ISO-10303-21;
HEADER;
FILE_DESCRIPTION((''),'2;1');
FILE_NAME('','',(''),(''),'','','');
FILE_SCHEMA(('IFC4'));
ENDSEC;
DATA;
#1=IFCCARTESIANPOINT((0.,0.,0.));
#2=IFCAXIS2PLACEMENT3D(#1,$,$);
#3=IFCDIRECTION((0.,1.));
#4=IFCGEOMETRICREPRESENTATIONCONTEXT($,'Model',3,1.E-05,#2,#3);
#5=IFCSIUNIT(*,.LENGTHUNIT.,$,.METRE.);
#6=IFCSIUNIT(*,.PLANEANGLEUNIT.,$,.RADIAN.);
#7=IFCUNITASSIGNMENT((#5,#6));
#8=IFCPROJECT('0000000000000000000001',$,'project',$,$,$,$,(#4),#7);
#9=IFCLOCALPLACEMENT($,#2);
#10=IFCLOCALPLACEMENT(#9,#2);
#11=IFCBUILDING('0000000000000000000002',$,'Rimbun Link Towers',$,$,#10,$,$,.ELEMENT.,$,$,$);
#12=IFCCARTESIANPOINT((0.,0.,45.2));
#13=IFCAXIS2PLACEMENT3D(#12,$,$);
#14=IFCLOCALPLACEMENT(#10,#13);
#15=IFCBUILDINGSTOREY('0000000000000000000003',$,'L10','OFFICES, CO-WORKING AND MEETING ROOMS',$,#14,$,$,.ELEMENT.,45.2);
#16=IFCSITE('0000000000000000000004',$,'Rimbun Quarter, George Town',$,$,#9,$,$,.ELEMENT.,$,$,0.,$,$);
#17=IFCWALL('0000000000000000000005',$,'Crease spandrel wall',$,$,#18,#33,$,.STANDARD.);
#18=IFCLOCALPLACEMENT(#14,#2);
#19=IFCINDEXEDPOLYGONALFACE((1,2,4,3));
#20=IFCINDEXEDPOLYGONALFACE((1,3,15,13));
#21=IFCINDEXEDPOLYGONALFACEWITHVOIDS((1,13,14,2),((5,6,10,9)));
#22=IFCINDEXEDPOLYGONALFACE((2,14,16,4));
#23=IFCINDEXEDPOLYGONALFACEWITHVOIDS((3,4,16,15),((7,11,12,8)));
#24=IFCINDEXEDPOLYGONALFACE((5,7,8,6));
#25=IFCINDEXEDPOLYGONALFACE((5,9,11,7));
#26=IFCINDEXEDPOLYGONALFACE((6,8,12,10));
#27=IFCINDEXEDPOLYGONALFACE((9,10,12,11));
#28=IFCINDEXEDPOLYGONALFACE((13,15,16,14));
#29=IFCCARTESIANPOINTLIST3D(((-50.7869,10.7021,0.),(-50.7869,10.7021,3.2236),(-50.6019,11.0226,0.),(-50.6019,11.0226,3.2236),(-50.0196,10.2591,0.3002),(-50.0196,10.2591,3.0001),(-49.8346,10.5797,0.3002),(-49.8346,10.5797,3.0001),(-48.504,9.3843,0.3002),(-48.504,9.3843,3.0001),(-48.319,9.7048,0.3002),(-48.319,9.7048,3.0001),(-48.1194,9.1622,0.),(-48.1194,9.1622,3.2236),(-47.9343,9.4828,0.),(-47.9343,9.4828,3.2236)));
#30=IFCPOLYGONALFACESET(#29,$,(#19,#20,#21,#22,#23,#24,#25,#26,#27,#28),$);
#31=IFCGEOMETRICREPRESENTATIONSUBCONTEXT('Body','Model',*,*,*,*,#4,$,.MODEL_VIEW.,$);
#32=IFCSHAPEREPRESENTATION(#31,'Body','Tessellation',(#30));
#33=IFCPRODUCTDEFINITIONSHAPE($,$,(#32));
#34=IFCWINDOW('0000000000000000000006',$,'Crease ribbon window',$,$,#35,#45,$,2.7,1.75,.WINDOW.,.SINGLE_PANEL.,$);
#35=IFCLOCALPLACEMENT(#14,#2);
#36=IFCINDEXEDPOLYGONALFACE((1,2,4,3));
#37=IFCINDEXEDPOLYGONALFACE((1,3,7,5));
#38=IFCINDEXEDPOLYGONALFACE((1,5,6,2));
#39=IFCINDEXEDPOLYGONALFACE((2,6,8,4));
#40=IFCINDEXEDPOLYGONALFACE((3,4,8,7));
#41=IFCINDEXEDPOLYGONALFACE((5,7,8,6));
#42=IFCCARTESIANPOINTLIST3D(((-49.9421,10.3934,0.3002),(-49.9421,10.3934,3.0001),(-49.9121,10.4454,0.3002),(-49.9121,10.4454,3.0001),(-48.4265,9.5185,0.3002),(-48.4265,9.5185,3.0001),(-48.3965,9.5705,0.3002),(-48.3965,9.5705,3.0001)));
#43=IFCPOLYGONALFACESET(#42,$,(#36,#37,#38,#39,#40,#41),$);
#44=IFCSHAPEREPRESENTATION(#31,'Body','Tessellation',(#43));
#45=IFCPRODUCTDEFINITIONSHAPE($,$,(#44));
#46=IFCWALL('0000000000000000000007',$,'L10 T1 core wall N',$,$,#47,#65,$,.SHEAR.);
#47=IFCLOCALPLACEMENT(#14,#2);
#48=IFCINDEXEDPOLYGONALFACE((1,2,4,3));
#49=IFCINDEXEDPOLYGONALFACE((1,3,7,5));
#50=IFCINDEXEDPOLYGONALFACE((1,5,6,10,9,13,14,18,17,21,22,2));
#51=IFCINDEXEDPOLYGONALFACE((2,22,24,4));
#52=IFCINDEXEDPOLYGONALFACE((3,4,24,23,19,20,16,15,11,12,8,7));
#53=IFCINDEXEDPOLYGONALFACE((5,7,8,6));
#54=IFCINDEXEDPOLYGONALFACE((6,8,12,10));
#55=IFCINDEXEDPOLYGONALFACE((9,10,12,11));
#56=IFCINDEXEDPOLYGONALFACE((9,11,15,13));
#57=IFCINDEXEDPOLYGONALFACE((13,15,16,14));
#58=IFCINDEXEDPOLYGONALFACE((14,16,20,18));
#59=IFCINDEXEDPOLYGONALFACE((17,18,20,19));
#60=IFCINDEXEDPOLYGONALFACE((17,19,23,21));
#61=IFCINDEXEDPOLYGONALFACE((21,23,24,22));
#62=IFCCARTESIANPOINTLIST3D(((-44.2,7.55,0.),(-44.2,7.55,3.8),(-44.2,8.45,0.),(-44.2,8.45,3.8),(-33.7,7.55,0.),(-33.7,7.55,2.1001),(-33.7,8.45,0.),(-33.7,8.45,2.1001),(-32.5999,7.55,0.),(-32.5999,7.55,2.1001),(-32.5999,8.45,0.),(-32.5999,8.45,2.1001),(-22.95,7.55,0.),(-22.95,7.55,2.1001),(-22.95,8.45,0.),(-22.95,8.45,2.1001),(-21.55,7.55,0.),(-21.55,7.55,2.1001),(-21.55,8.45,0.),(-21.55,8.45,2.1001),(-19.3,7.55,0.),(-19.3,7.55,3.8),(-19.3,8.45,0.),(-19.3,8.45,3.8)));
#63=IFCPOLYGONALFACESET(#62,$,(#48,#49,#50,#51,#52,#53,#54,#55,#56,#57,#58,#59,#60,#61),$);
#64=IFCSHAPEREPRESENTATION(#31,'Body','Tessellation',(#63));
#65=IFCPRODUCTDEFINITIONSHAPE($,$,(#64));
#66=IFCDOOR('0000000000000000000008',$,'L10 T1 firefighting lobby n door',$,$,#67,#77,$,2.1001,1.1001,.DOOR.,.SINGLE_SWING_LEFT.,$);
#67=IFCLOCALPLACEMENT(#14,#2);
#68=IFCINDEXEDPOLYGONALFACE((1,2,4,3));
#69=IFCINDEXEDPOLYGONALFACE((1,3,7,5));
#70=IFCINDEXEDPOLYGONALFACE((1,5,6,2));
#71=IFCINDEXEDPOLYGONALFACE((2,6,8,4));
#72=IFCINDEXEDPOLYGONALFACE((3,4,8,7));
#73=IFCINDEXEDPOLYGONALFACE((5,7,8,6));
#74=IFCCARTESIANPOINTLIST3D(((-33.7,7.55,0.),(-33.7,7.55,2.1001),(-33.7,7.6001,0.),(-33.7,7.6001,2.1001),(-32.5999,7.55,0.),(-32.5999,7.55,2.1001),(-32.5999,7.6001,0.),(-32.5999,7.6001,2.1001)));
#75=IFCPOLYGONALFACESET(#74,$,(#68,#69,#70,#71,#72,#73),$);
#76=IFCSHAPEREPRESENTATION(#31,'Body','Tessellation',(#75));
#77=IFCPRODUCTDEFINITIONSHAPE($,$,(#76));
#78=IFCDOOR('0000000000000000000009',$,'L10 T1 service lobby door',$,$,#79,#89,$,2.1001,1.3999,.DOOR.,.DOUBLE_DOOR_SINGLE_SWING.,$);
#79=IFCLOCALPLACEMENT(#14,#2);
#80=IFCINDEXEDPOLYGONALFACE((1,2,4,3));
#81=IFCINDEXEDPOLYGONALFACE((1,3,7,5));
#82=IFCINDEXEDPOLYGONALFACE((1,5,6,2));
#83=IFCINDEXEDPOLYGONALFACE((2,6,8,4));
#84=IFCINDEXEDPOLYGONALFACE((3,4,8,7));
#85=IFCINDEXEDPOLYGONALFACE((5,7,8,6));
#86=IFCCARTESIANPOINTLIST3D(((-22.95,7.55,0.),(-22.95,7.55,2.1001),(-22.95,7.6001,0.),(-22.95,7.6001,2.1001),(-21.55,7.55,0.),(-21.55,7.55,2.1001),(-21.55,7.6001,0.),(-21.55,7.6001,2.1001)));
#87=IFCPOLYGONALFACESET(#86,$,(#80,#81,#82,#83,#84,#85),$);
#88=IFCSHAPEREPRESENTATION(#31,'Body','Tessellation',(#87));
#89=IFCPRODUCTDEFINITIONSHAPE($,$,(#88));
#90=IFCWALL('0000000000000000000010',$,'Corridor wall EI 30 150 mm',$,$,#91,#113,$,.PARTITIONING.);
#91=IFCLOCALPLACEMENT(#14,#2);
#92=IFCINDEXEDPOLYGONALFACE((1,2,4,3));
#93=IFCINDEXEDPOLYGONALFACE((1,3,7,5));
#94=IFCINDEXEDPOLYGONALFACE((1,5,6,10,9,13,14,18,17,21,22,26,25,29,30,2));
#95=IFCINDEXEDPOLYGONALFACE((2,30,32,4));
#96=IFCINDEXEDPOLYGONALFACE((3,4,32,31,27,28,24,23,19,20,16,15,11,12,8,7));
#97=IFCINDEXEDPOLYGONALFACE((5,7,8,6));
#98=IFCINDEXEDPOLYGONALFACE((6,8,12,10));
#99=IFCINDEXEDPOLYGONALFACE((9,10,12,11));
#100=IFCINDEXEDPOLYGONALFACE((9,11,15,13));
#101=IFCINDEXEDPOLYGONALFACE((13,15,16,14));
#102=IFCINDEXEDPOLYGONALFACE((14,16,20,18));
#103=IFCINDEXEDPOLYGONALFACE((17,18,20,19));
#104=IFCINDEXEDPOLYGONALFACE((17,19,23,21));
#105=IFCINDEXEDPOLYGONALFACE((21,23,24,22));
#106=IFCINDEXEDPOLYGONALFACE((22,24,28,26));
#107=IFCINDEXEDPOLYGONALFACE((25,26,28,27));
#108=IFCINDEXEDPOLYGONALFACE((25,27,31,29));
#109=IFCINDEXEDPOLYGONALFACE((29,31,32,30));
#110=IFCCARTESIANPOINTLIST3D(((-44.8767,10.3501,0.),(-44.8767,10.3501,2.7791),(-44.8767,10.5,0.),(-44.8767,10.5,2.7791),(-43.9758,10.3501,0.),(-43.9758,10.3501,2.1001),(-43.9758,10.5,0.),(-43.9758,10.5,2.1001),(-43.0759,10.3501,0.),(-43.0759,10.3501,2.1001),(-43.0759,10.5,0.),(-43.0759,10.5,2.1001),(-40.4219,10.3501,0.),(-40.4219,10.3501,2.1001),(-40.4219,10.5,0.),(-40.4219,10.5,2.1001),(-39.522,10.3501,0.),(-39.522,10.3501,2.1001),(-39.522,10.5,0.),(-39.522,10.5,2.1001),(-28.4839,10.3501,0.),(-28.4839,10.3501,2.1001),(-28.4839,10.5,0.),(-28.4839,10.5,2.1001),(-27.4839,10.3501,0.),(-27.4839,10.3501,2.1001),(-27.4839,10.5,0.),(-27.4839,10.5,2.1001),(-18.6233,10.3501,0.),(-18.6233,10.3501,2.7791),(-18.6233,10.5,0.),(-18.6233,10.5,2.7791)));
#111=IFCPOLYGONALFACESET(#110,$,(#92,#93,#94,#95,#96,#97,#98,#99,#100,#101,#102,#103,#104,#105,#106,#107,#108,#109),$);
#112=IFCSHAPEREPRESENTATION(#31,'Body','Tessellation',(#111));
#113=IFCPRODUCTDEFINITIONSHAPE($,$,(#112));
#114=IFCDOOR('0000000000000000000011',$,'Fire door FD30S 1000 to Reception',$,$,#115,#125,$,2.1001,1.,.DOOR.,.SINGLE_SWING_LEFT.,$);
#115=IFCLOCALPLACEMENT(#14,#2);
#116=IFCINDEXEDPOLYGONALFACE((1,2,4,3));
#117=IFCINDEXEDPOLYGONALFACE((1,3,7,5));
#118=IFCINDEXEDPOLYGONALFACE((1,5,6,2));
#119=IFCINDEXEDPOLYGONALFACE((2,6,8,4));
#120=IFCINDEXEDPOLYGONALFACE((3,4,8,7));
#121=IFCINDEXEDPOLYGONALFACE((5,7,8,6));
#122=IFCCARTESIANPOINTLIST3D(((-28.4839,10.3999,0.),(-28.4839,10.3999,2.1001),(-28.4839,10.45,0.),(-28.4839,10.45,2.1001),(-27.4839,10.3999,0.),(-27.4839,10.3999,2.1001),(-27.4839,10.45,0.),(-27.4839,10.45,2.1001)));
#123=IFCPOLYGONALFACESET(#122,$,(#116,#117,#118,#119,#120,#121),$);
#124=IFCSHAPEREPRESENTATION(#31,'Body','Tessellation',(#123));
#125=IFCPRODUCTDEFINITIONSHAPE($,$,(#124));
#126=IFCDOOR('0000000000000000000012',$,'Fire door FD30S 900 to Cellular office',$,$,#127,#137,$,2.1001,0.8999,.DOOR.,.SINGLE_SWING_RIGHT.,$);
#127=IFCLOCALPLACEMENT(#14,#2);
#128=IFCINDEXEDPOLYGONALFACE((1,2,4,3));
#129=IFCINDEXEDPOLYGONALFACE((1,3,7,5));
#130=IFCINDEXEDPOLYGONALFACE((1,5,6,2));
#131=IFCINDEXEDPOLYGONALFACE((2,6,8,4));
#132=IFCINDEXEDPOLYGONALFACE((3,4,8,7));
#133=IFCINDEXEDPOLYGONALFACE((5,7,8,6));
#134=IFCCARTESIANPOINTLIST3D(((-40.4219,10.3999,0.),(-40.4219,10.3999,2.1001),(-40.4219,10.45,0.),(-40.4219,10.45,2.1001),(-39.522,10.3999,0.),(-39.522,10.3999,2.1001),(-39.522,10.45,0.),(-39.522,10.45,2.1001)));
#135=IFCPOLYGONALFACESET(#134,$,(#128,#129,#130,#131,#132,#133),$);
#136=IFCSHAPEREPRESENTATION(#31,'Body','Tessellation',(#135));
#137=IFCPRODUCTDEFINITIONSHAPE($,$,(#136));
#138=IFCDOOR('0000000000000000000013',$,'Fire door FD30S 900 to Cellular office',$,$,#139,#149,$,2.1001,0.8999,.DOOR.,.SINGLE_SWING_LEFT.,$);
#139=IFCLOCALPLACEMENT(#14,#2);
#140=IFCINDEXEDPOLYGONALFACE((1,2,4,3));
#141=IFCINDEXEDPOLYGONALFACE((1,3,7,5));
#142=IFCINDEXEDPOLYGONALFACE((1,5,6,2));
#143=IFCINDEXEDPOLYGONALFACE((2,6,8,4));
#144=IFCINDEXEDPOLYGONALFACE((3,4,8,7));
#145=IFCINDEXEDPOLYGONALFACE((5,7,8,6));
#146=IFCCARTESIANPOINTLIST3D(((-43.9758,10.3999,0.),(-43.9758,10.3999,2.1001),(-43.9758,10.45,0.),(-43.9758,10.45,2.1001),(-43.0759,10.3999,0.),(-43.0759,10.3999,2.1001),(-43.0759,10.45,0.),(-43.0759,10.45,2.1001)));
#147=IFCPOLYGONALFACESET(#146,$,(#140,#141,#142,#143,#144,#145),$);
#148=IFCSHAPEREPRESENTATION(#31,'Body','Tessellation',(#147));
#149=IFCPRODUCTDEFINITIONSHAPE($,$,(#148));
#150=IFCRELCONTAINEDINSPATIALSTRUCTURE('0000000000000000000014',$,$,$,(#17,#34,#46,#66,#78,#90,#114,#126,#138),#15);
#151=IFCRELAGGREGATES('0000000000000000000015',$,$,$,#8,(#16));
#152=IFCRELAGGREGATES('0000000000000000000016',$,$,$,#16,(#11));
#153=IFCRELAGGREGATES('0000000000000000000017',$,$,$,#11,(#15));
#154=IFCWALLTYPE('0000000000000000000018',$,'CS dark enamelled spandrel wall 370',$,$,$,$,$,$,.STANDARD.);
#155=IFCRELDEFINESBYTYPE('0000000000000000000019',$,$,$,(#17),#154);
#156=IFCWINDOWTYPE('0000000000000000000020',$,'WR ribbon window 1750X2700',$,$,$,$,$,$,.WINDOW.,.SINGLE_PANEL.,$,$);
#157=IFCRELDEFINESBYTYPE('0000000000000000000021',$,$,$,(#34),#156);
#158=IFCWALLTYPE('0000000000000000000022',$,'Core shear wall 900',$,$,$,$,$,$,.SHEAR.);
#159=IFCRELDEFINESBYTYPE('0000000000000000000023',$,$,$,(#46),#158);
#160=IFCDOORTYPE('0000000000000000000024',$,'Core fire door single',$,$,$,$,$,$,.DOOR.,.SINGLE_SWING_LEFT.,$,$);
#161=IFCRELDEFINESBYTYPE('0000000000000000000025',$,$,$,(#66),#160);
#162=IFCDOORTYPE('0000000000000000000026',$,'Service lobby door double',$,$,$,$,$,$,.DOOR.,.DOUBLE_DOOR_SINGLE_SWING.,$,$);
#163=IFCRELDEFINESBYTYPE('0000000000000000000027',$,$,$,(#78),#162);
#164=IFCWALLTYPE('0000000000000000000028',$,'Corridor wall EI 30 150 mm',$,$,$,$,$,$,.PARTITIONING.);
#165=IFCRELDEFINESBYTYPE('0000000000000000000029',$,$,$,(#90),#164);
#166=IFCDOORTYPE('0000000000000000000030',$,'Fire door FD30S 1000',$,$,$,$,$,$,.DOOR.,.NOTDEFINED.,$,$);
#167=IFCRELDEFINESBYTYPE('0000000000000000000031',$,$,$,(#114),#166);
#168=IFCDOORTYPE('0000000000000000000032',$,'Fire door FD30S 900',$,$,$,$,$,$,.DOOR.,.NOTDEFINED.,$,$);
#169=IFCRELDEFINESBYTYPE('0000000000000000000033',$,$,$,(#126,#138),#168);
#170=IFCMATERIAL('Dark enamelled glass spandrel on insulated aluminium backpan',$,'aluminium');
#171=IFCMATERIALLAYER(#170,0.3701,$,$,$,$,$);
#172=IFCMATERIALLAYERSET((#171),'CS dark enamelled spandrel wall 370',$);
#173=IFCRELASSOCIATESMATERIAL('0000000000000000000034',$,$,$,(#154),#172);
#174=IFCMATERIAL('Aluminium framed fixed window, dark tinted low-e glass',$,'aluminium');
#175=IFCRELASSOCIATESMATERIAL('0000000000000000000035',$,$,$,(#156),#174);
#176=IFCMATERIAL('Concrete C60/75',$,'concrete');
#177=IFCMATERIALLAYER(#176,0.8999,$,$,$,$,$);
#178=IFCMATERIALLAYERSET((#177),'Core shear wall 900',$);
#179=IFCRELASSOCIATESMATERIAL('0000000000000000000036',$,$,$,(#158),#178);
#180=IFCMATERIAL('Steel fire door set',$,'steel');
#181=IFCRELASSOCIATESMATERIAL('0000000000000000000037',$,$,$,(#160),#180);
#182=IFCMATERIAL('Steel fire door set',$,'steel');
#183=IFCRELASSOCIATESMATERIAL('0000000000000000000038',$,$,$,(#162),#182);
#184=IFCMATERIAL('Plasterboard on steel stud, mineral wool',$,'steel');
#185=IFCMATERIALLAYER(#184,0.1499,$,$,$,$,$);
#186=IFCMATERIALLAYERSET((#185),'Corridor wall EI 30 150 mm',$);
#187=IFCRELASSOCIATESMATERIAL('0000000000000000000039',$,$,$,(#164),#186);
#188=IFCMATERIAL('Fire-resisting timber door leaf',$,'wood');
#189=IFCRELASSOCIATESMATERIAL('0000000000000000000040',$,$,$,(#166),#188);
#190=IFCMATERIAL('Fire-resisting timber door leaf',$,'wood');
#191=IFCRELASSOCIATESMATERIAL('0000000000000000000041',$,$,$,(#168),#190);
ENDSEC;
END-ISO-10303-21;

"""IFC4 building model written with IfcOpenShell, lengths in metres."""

from ifc_helpers import new_model, si_unit, direction, frame, frame_2d, origin, place, context, subcontext, project, spatial, rectangle, extrude, material, layer, layer_set, type_object, element, fill, save


model = new_model("IFC4")

# Units and contexts
model_context = context("Model", 3, precision=1e-05, world=origin(), true_north=direction((0.0, 1.0)))
body_context = subcontext(model_context, "Body", "Model", "MODEL_VIEW")
ifc_project = project(units=[si_unit("LENGTHUNIT", "METRE"), si_unit("PLANEANGLEUNIT", "RADIAN")], contexts=[model_context])

# Site, building, storey
site_placement = place(None, origin())
site = spatial("IfcSite", under=ifc_project, at=site_placement, Name="Rimbun Quarter, George Town", CompositionType="ELEMENT", RefElevation=0.0)
building_placement = place(site_placement, origin())
building = spatial("IfcBuilding", under=site, at=building_placement, Name="Rimbun Link Towers", CompositionType="ELEMENT")
storey_placement = place(building_placement, frame((0.0, 0.0, 45.2)))
storey = spatial("IfcBuildingStorey", under=building, at=storey_placement, Name="L10", Description="OFFICES, CO-WORKING AND MEETING ROOMS", CompositionType="ELEMENT", Elevation=45.2)

# Wall, opening, window
ifc_material_1 = material(Name="Dark enamelled glass spandrel on insulated aluminium backpan", Category="aluminium")
ifc_layer_1 = layer(ifc_material_1, 0.3701)
ifc_layer_set_1 = layer_set([ifc_layer_1], Name="CS dark enamelled spandrel wall 370")
wall_type_1 = type_object("IfcWallType", Name="CS dark enamelled spandrel wall 370", PredefinedType="STANDARD", material=ifc_layer_set_1)
wall_1_placement = place(storey_placement, frame((-48.0269, 9.3225, 0.0), z_axis=(0.0, 0.0, 1.0), x_axis=(-0.866064, 0.499933, 0.0)))
wall_1 = element("IfcWall", 1, at=wall_1_placement, inside=storey, type_object=wall_type_1, Name="Crease spandrel wall", PredefinedType="STANDARD", context=body_context, shape_type="SweptSolid", body=[
    extrude(rectangle(XDim=3.0801, YDim=0.3701, at=frame_2d((1.54, 0.0))), origin(), (0.0, 0.0, 1.0), 3.2236),
])
opening_1_placement = place(wall_1_placement, frame((0.4441, 0.0, 0.3)))
opening_1 = element("IfcOpeningElement", 2, at=opening_1_placement, cuts=wall_1, PredefinedType="OPENING", context=body_context, shape_type="SweptSolid", body=[
    extrude(rectangle(XDim=1.75, YDim=2.7, at=frame_2d((0.875, 1.3501))), frame((0.0, 0.1951, 0.0), z_axis=(0.0, -1.0, 0.0), x_axis=(1.0, 0.0, 0.0)), (0.0, 0.0, 1.0), 0.3901),
])
ifc_material_2 = material(Name="Aluminium framed fixed window, dark tinted low-e glass", Category="aluminium")
window_type_1 = type_object("IfcWindowType", Name="WR ribbon window 1750X2700", PartitioningType="SINGLE_PANEL", PredefinedType="WINDOW", material=ifc_material_2)
window_1_placement = place(opening_1_placement, origin())
window_1 = element("IfcWindow", 3, at=window_1_placement, inside=storey, type_object=window_type_1, Name="Crease ribbon window", OverallHeight=2.7, OverallWidth=1.75, PartitioningType="SINGLE_PANEL", PredefinedType="WINDOW", context=body_context, shape_type="SweptSolid", body=[
    extrude(rectangle(XDim=1.75, YDim=2.7, at=frame_2d((0.875, 1.3501))), frame((0.0, 0.03, 0.0), z_axis=(0.0, -1.0, 0.0), x_axis=(1.0, 0.0, 0.0)), (0.0, 0.0, 1.0), 0.0601),
])
fill(opening_1, window_1)

# Walls, openings, doors
ifc_material_3 = material(Name="Concrete C60/75", Category="concrete")
ifc_layer_2 = layer(ifc_material_3, 0.8999)
ifc_layer_set_2 = layer_set([ifc_layer_2], Name="Core shear wall 900")
wall_type_2 = type_object("IfcWallType", Name="Core shear wall 900", PredefinedType="SHEAR", material=ifc_layer_set_2)
wall_2_placement = place(storey_placement, frame((-44.2, 8.0, 0.0), z_axis=(0.0, 0.0, 1.0), x_axis=(1.0, 0.0, 0.0)))
wall_2 = element("IfcWall", 4, at=wall_2_placement, inside=storey, type_object=wall_type_2, Name="L10 T1 core wall N", PredefinedType="SHEAR", context=body_context, shape_type="SweptSolid", body=[
    extrude(rectangle(XDim=24.8999, YDim=0.8999, at=frame_2d((12.45, 0.0))), origin(), (0.0, 0.0, 1.0), 3.8),
])
opening_2_placement = place(wall_2_placement, frame((10.5, 0.0, 0.0)))
opening_2 = element("IfcOpeningElement", 5, at=opening_2_placement, cuts=wall_2, PredefinedType="OPENING", context=body_context, shape_type="SweptSolid", body=[
    extrude(rectangle(XDim=1.1001, YDim=2.1001, at=frame_2d((0.55, 1.05))), frame((0.0, 0.46, 0.0), z_axis=(0.0, -1.0, 0.0), x_axis=(1.0, 0.0, 0.0)), (0.0, 0.0, 1.0), 0.9199),
])
opening_3_placement = place(wall_2_placement, frame((21.25, 0.0, 0.0)))
opening_3 = element("IfcOpeningElement", 6, at=opening_3_placement, cuts=wall_2, PredefinedType="OPENING", context=body_context, shape_type="SweptSolid", body=[
    extrude(rectangle(XDim=1.3999, YDim=2.1001, at=frame_2d((0.7, 1.05))), frame((0.0, 0.46, 0.0), z_axis=(0.0, -1.0, 0.0), x_axis=(1.0, 0.0, 0.0)), (0.0, 0.0, 1.0), 0.9199),
])
ifc_material_4 = material(Name="Steel fire door set", Category="steel")
door_type_1 = type_object("IfcDoorType", Name="Core fire door single", OperationType="SINGLE_SWING_LEFT", PredefinedType="DOOR", material=ifc_material_4)
door_1_placement = place(opening_2_placement, origin())
door_1 = element("IfcDoor", 7, at=door_1_placement, inside=storey, type_object=door_type_1, Name="L10 T1 firefighting lobby n door", OperationType="SINGLE_SWING_LEFT", OverallHeight=2.1001, OverallWidth=1.1001, PredefinedType="DOOR", context=body_context, shape_type="SweptSolid", body=[
    extrude(rectangle(XDim=1.1001, YDim=2.1001, at=frame_2d((0.55, 1.05))), frame((0.0, -0.3999, 0.0), z_axis=(0.0, -1.0, 0.0), x_axis=(1.0, 0.0, 0.0)), (0.0, 0.0, 1.0), 0.05),
])
fill(opening_2, door_1)
ifc_material_5 = material(Name="Steel fire door set", Category="steel")
door_type_2 = type_object("IfcDoorType", Name="Service lobby door double", OperationType="DOUBLE_DOOR_SINGLE_SWING", PredefinedType="DOOR", material=ifc_material_5)
door_2_placement = place(opening_3_placement, origin())
door_2 = element("IfcDoor", 8, at=door_2_placement, inside=storey, type_object=door_type_2, Name="L10 T1 service lobby door", OperationType="DOUBLE_DOOR_SINGLE_SWING", OverallHeight=2.1001, OverallWidth=1.3999, PredefinedType="DOOR", context=body_context, shape_type="SweptSolid", body=[
    extrude(rectangle(XDim=1.3999, YDim=2.1001, at=frame_2d((0.7, 1.05))), frame((0.0, -0.3999, 0.0), z_axis=(0.0, -1.0, 0.0), x_axis=(1.0, 0.0, 0.0)), (0.0, 0.0, 1.0), 0.05),
])
fill(opening_3, door_2)
ifc_material_6 = material(Name="Plasterboard on steel stud, mineral wool", Category="steel")
ifc_layer_3 = layer(ifc_material_6, 0.1499)
ifc_layer_set_3 = layer_set([ifc_layer_3], Name="Corridor wall EI 30 150 mm")
wall_type_3 = type_object("IfcWallType", Name="Corridor wall EI 30 150 mm", PredefinedType="PARTITIONING", material=ifc_layer_set_3)
wall_3_placement = place(storey_placement, frame((-44.8767, 10.425, 0.0), z_axis=(0.0, 0.0, 1.0), x_axis=(1.0, 0.0, 0.0)))
wall_3 = element("IfcWall", 9, at=wall_3_placement, inside=storey, type_object=wall_type_3, Name="Corridor wall EI 30 150 mm", PredefinedType="PARTITIONING", context=body_context, shape_type="SweptSolid", body=[
    extrude(rectangle(XDim=26.2534, YDim=0.1499, at=frame_2d((13.1267, 0.0))), origin(), (0.0, 0.0, 1.0), 2.7791),
])
opening_4_placement = place(wall_3_placement, frame((16.3928, 0.0, 0.0)))
opening_4 = element("IfcOpeningElement", 10, at=opening_4_placement, cuts=wall_3, PredefinedType="OPENING", context=body_context, shape_type="SweptSolid", body=[
    extrude(rectangle(XDim=1.0, YDim=2.1001, at=frame_2d((0.5, 1.05))), frame((0.0, 0.085, 0.0), z_axis=(0.0, -1.0, 0.0), x_axis=(1.0, 0.0, 0.0)), (0.0, 0.0, 1.0), 0.1699),
])
opening_5_placement = place(wall_3_placement, frame((4.4548, 0.0, 0.0)))
opening_5 = element("IfcOpeningElement", 11, at=opening_5_placement, cuts=wall_3, PredefinedType="OPENING", context=body_context, shape_type="SweptSolid", body=[
    extrude(rectangle(XDim=0.8999, YDim=2.1001, at=frame_2d((0.45, 1.05))), frame((0.0, 0.085, 0.0), z_axis=(0.0, -1.0, 0.0), x_axis=(1.0, 0.0, 0.0)), (0.0, 0.0, 1.0), 0.1699),
])
opening_6_placement = place(wall_3_placement, frame((0.9009, 0.0, 0.0)))
opening_6 = element("IfcOpeningElement", 12, at=opening_6_placement, cuts=wall_3, PredefinedType="OPENING", context=body_context, shape_type="SweptSolid", body=[
    extrude(rectangle(XDim=0.8999, YDim=2.1001, at=frame_2d((0.45, 1.05))), frame((0.0, 0.085, 0.0), z_axis=(0.0, -1.0, 0.0), x_axis=(1.0, 0.0, 0.0)), (0.0, 0.0, 1.0), 0.1699),
])
ifc_material_7 = material(Name="Fire-resisting timber door leaf", Category="wood")
door_type_3 = type_object("IfcDoorType", Name="Fire door FD30S 1000", OperationType="NOTDEFINED", PredefinedType="DOOR", material=ifc_material_7)
door_3_placement = place(opening_4_placement, origin())
door_3 = element("IfcDoor", 13, at=door_3_placement, inside=storey, type_object=door_type_3, Name="Fire door FD30S 1000 to Reception", OperationType="SINGLE_SWING_LEFT", OverallHeight=2.1001, OverallWidth=1.0, PredefinedType="DOOR", context=body_context, shape_type="SweptSolid", body=[
    extrude(rectangle(XDim=1.0, YDim=2.1001, at=frame_2d((0.5, 1.05))), frame((0.0, 0.0249, 0.0), z_axis=(0.0, -1.0, 0.0), x_axis=(1.0, 0.0, 0.0)), (0.0, 0.0, 1.0), 0.05),
])
fill(opening_4, door_3)
ifc_material_8 = material(Name="Fire-resisting timber door leaf", Category="wood")
door_type_4 = type_object("IfcDoorType", Name="Fire door FD30S 900", OperationType="NOTDEFINED", PredefinedType="DOOR", material=ifc_material_8)
door_4_placement = place(opening_5_placement, origin())
door_4 = element("IfcDoor", 14, at=door_4_placement, inside=storey, type_object=door_type_4, Name="Fire door FD30S 900 to Cellular office", OperationType="SINGLE_SWING_RIGHT", OverallHeight=2.1001, OverallWidth=0.8999, PredefinedType="DOOR", context=body_context, shape_type="SweptSolid", body=[
    extrude(rectangle(XDim=0.8999, YDim=2.1001, at=frame_2d((0.45, 1.05))), frame((0.0, 0.0249, 0.0), z_axis=(0.0, -1.0, 0.0), x_axis=(1.0, 0.0, 0.0)), (0.0, 0.0, 1.0), 0.05),
])
fill(opening_5, door_4)
door_5_placement = place(opening_6_placement, origin())
door_5 = element("IfcDoor", 15, at=door_5_placement, inside=storey, type_object=door_type_4, Name="Fire door FD30S 900 to Cellular office", OperationType="SINGLE_SWING_LEFT", OverallHeight=2.1001, OverallWidth=0.8999, PredefinedType="DOOR", context=body_context, shape_type="SweptSolid", body=[
    extrude(rectangle(XDim=0.8999, YDim=2.1001, at=frame_2d((0.45, 1.05))), frame((0.0, 0.0249, 0.0), z_axis=(0.0, -1.0, 0.0), x_axis=(1.0, 0.0, 0.0)), (0.0, 0.0, 1.0), 0.05),
])
fill(opening_6, door_5)

save(model, "model.ifc")
